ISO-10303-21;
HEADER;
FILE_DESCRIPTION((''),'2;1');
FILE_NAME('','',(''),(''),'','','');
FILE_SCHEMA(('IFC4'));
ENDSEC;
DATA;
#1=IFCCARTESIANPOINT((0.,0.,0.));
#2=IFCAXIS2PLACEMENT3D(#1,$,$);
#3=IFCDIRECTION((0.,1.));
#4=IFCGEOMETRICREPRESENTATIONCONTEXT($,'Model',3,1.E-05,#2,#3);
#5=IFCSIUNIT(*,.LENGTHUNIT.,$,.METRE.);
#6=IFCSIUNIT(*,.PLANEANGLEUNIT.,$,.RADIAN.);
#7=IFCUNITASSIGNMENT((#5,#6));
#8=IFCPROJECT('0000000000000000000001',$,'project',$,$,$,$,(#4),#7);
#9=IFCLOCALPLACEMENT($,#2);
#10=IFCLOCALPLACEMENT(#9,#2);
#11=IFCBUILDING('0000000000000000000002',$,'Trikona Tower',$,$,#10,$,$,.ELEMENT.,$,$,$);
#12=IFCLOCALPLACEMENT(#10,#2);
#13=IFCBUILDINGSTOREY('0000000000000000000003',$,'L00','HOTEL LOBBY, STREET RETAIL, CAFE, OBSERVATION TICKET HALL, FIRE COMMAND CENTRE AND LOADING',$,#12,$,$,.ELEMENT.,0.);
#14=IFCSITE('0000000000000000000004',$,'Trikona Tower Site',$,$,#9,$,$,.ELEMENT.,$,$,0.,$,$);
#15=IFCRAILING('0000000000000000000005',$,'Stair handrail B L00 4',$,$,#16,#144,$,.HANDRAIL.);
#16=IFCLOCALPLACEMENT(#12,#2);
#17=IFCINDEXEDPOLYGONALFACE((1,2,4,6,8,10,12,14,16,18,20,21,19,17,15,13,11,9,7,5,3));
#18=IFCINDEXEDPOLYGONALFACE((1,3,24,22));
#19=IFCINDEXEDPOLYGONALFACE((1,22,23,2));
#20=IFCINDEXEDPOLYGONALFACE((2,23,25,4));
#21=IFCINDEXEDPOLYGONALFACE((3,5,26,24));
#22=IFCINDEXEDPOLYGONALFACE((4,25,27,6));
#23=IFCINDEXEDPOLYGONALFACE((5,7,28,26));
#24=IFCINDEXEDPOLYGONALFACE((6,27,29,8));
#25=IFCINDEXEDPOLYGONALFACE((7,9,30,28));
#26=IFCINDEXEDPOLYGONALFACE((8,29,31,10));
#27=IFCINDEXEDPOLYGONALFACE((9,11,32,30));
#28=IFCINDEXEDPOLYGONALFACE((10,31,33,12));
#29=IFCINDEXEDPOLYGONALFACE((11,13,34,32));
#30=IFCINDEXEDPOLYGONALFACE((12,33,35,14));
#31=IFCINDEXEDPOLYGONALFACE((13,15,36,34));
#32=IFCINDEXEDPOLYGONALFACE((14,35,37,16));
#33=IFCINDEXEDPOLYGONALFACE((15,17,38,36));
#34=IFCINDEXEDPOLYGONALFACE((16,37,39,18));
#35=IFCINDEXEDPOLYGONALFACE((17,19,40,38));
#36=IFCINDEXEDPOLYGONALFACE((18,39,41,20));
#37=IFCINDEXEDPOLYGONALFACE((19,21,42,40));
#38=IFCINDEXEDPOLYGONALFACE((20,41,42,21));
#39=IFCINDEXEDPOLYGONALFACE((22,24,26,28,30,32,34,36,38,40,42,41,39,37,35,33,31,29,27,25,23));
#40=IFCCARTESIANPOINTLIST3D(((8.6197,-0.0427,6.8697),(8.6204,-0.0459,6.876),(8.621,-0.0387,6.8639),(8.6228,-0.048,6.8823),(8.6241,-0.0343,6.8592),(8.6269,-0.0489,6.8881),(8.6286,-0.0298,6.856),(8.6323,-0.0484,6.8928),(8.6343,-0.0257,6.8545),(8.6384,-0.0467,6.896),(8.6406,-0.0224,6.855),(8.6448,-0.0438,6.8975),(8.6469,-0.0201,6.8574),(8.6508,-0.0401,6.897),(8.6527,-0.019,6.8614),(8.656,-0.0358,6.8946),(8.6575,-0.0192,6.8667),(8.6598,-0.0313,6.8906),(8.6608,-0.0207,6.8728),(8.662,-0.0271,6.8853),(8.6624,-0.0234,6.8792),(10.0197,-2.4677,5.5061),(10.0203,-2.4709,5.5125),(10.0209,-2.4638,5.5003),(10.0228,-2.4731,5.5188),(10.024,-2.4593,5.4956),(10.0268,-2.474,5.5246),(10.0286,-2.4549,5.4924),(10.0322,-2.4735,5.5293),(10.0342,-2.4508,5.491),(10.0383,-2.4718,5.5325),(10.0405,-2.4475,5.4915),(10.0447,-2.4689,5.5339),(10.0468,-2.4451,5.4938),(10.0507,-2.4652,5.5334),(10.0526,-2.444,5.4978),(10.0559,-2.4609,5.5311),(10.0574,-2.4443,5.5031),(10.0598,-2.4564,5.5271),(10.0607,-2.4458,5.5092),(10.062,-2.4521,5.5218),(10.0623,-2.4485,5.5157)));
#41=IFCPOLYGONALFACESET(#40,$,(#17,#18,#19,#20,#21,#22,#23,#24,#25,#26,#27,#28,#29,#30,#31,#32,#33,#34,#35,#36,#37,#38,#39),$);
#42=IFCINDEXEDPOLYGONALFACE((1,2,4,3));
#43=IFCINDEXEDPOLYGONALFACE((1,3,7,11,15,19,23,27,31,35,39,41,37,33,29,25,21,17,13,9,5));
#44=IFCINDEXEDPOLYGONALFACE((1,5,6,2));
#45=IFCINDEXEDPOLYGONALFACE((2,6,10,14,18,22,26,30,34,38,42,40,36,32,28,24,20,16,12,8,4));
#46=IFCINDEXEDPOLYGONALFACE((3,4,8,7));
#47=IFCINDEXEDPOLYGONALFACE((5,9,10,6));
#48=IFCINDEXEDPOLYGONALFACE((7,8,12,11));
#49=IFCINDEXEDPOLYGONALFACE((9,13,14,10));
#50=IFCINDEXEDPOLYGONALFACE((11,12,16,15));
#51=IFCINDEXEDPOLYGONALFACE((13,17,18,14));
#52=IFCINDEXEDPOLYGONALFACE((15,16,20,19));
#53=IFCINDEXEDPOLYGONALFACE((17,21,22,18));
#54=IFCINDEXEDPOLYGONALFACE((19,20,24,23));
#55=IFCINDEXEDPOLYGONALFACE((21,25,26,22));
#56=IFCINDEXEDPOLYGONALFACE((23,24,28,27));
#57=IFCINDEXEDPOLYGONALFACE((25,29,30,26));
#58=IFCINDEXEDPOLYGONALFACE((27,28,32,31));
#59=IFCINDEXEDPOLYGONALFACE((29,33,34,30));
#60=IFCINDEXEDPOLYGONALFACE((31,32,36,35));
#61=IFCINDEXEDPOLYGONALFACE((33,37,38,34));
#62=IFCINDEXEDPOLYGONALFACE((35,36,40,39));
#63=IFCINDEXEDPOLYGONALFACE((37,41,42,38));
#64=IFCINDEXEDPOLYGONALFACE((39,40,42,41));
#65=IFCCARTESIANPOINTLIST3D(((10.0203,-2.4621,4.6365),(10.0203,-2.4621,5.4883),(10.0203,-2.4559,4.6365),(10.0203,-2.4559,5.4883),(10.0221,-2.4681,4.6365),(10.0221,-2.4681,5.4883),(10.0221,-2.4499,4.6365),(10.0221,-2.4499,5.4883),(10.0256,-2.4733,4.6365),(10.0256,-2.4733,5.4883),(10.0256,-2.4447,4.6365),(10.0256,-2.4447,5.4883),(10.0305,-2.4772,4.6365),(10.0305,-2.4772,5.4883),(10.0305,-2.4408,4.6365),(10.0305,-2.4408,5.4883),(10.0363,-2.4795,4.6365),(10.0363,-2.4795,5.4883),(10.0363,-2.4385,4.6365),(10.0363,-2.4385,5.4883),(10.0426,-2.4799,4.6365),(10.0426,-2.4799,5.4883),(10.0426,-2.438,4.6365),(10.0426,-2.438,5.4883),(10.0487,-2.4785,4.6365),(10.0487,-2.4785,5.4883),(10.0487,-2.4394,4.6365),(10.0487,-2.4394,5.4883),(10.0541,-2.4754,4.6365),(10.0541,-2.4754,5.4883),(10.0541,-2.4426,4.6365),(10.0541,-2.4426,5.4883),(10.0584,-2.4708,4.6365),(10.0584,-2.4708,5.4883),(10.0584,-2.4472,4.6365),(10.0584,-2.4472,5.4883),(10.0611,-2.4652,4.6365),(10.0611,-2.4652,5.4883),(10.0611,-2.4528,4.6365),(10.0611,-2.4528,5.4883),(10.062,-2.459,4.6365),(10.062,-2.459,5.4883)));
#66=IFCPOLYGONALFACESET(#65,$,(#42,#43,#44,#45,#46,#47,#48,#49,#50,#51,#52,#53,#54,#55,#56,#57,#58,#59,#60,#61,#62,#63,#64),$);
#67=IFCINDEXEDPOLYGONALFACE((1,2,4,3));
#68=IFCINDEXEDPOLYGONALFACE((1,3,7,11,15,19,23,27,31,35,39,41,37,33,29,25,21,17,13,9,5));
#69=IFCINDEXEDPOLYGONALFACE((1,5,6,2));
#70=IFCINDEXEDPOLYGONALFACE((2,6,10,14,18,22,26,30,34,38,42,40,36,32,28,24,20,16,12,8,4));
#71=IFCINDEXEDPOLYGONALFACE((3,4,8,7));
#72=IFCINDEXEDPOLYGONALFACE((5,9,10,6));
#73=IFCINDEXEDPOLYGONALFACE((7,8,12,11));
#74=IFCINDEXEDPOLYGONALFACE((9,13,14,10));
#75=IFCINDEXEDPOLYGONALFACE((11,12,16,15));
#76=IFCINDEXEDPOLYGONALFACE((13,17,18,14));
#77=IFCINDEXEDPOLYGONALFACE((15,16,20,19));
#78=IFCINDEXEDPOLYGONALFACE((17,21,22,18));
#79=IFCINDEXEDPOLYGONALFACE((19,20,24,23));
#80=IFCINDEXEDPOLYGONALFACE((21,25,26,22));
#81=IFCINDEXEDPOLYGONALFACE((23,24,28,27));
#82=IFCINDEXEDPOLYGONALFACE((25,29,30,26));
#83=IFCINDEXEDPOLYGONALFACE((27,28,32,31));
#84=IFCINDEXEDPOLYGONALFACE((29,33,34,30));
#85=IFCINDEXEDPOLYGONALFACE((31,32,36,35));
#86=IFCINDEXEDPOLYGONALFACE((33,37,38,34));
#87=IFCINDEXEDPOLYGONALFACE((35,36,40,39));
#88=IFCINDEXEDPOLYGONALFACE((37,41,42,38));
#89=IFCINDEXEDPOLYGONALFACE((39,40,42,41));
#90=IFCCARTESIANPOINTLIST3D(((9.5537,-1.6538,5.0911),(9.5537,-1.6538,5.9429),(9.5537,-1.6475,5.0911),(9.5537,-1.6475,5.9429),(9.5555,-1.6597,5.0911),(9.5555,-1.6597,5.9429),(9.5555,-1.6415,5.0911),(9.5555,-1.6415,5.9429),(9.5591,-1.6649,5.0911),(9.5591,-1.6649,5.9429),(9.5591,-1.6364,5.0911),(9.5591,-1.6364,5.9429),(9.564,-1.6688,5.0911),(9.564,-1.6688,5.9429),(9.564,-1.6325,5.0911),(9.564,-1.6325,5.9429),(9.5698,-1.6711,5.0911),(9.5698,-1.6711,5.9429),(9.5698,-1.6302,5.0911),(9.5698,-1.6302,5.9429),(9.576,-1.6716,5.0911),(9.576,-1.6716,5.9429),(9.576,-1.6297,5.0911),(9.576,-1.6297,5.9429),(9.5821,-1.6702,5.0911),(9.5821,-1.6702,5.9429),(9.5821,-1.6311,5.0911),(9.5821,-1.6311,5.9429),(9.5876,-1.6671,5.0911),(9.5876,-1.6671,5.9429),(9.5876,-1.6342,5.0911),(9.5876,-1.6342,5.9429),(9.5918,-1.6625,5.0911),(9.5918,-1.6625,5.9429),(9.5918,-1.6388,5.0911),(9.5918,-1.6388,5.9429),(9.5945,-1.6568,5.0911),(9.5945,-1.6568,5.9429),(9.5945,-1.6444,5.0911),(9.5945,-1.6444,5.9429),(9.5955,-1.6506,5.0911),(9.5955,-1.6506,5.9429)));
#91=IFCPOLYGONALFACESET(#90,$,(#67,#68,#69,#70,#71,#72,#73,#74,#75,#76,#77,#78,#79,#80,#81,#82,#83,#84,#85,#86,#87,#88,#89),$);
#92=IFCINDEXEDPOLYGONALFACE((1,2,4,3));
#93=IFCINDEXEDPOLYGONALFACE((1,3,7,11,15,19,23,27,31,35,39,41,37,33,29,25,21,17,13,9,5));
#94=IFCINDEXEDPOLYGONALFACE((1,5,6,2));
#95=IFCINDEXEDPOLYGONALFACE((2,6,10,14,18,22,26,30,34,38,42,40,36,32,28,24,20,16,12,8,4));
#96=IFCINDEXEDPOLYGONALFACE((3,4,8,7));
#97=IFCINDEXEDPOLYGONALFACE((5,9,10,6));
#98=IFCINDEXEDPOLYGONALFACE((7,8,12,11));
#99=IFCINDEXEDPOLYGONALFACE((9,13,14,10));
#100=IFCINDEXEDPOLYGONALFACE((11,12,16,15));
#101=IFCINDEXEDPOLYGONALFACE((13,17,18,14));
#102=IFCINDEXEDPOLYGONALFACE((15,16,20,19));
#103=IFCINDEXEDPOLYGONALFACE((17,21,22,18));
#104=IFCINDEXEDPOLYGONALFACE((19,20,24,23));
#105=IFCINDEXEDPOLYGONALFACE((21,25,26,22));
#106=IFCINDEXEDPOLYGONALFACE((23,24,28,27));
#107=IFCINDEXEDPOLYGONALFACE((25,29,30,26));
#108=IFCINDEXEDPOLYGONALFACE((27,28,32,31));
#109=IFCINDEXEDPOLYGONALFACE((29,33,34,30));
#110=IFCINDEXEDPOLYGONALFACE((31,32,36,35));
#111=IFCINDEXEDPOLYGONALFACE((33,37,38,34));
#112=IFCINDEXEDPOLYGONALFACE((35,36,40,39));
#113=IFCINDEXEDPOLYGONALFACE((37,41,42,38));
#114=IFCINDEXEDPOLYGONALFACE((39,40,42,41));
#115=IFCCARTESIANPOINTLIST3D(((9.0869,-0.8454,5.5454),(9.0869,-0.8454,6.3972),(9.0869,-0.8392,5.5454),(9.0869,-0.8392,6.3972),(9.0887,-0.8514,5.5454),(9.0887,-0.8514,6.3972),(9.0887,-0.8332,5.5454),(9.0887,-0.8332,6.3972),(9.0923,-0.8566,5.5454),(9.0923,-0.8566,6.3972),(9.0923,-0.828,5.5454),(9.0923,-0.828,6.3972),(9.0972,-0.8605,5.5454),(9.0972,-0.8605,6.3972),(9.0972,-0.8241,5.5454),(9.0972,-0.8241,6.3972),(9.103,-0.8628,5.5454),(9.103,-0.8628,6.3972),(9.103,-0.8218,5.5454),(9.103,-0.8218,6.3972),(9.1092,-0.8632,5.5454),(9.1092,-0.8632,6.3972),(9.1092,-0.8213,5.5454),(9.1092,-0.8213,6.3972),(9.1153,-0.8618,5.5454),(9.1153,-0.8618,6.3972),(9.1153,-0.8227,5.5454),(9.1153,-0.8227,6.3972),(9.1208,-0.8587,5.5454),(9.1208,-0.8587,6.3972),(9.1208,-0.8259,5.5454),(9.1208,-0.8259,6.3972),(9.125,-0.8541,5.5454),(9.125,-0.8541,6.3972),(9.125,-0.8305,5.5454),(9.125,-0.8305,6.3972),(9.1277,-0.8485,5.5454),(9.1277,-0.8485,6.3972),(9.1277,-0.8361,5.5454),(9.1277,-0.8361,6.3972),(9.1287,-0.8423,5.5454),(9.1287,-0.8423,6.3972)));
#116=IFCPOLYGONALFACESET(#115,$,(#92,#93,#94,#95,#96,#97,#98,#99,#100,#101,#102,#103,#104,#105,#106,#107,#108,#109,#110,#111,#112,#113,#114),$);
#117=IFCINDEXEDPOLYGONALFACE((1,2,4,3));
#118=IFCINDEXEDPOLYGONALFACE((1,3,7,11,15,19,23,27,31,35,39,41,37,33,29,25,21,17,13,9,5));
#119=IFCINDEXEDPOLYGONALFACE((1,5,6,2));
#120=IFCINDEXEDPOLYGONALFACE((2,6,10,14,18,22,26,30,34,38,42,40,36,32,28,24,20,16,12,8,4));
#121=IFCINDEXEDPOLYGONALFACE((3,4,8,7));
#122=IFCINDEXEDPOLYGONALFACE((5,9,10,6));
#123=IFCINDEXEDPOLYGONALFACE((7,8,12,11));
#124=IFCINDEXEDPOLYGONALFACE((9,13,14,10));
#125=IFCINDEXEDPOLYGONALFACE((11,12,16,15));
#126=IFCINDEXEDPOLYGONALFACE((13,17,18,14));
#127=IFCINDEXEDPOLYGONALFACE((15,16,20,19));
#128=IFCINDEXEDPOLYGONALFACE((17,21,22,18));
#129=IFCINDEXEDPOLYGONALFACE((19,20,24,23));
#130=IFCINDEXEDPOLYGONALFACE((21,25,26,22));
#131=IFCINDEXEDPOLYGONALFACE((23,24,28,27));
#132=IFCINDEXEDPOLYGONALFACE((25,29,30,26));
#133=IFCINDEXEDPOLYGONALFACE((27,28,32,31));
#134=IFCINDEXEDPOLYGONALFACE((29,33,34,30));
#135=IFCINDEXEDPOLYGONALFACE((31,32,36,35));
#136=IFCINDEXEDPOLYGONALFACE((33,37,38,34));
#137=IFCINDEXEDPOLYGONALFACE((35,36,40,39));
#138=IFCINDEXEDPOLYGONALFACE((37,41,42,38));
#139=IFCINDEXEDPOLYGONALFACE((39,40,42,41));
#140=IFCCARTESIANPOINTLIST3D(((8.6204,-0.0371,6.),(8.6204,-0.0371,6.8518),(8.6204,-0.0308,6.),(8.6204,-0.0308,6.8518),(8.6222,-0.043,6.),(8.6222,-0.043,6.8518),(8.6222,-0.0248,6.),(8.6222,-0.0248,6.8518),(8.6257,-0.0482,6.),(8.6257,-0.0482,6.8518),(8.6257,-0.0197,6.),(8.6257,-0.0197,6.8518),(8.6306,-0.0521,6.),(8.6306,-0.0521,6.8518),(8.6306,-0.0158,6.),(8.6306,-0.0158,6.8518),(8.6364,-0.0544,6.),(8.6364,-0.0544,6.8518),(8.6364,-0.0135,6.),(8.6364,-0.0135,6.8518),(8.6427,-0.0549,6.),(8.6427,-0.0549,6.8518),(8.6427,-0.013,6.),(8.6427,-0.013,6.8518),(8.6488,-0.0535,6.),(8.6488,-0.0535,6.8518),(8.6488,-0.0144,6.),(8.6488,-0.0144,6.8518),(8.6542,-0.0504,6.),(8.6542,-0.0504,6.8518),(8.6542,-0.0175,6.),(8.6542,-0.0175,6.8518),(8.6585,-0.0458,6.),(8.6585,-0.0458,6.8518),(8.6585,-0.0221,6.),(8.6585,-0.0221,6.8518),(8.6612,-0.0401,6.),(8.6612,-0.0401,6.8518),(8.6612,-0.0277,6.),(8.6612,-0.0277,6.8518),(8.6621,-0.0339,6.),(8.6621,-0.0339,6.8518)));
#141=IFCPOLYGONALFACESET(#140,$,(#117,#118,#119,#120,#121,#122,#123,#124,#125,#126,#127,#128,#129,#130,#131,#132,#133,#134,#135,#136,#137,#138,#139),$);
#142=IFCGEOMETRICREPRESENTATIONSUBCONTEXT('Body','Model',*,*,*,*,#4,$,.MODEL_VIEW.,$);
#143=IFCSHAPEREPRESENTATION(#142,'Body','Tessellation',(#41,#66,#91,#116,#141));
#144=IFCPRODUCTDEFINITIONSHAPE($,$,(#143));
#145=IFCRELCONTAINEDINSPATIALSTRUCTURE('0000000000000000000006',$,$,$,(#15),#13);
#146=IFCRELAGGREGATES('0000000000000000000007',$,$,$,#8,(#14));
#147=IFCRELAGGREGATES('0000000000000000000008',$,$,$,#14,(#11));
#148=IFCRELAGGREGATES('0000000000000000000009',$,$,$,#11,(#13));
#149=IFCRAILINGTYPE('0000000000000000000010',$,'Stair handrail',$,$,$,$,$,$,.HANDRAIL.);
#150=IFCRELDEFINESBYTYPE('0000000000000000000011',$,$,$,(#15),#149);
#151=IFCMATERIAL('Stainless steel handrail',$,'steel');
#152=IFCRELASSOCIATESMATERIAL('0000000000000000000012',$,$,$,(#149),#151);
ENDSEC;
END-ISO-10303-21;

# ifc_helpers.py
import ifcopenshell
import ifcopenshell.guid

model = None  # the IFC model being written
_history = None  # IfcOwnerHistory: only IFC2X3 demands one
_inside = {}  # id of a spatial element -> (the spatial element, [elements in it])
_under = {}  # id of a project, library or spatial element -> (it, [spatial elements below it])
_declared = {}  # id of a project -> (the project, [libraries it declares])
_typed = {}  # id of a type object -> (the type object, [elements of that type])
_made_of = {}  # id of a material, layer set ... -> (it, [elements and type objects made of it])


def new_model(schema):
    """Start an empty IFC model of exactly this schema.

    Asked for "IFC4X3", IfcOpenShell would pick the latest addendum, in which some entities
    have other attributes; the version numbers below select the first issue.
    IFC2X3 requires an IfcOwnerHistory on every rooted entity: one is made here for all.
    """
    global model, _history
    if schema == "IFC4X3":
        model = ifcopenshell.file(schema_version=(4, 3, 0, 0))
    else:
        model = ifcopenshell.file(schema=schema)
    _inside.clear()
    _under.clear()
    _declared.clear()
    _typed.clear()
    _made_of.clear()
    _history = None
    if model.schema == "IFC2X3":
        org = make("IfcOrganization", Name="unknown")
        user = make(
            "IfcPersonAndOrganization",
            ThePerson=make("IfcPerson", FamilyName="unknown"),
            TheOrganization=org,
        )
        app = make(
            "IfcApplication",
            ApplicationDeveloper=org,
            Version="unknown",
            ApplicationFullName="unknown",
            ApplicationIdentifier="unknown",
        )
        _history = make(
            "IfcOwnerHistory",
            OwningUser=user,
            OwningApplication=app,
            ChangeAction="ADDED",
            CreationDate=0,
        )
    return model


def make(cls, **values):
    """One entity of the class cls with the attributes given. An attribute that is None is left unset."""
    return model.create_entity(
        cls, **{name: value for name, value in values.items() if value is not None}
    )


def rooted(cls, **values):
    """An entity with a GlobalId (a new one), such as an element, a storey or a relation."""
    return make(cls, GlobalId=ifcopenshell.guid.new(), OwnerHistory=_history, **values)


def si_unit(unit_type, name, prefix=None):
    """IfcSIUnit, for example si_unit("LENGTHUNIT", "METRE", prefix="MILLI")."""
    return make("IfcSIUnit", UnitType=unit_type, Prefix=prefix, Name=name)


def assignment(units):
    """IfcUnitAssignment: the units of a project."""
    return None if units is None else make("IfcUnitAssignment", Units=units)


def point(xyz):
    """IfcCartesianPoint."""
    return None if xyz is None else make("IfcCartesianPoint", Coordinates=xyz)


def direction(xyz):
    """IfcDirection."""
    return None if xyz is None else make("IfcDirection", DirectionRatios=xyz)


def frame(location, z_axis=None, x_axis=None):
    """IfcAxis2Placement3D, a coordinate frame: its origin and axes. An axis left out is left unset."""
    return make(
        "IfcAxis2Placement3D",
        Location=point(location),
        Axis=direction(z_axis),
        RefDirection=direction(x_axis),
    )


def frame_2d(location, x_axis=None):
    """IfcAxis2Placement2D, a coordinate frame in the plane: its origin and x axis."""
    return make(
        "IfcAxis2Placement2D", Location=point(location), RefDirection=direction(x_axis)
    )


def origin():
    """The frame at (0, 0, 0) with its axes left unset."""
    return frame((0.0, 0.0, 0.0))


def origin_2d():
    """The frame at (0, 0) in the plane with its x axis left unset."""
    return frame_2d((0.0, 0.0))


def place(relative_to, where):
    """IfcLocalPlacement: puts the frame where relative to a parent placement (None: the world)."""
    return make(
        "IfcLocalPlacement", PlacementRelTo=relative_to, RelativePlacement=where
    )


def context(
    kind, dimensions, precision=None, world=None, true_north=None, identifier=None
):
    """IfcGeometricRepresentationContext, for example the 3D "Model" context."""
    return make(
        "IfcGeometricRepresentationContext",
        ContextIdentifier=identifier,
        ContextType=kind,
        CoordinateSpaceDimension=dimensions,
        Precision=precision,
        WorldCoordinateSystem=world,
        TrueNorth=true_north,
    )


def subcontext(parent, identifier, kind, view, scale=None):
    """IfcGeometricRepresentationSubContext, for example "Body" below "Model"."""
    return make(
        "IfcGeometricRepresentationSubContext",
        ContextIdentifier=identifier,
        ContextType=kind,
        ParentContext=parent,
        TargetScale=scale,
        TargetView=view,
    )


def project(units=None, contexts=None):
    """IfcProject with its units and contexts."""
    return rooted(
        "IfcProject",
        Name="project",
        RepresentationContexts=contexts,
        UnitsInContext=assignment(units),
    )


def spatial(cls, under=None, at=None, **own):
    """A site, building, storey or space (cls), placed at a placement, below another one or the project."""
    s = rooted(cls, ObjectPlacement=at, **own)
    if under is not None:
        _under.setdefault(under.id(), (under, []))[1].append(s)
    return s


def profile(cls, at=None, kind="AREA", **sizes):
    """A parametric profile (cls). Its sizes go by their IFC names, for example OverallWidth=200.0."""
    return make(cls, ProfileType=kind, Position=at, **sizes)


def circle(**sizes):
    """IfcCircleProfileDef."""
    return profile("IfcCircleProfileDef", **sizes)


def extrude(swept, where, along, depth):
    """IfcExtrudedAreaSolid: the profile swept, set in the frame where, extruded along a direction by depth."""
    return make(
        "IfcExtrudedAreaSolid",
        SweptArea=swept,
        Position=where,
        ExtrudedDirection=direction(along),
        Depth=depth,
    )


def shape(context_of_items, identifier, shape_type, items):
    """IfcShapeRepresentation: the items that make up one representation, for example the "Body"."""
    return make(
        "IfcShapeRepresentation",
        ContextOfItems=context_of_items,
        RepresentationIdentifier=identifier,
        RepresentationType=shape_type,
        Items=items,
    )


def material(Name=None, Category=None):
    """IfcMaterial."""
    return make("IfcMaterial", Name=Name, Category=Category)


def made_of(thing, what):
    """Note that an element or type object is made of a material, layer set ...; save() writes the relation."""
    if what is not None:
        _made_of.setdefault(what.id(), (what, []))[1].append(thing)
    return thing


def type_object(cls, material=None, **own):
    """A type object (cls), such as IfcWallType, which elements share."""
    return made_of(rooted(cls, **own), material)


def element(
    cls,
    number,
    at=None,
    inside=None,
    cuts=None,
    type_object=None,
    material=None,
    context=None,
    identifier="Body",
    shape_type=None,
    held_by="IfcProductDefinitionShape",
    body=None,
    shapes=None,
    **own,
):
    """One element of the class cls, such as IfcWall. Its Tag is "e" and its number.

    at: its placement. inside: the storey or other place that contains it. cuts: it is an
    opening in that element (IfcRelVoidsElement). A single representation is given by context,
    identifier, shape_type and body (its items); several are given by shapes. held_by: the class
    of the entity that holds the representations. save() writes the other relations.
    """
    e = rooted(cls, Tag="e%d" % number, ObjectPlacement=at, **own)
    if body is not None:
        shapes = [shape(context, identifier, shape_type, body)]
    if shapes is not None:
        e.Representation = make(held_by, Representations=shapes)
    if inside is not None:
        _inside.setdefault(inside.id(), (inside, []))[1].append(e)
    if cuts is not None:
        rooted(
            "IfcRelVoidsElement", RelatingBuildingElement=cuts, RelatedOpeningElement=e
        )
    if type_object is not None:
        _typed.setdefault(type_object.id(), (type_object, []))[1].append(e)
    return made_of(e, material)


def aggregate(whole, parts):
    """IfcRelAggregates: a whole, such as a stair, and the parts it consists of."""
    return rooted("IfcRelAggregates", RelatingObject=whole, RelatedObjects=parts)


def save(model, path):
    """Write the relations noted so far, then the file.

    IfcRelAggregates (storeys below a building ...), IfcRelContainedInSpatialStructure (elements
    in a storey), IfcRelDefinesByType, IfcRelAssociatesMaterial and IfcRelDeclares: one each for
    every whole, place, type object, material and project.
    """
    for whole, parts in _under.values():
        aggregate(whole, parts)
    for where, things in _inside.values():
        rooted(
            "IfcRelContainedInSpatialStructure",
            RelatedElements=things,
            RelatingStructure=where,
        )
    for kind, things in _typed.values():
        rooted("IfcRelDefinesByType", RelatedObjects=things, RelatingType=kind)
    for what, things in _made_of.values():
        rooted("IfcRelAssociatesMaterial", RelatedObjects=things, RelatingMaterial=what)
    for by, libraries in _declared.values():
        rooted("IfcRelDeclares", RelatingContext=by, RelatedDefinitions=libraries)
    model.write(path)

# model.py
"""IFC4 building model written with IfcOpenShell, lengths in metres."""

from ifc_helpers import new_model, si_unit, direction, frame, origin, origin_2d, place, context, subcontext, project, spatial, circle, extrude, material, type_object, element, save


model = new_model("IFC4")

# Units and contexts
model_context = context("Model", 3, precision=1e-05, world=origin(), true_north=direction((0.0, 1.0)))
body_context = subcontext(model_context, "Body", "Model", "MODEL_VIEW")
ifc_project = project(units=[si_unit("LENGTHUNIT", "METRE"), si_unit("PLANEANGLEUNIT", "RADIAN")], contexts=[model_context])

# Site, building, storey
site_placement = place(None, origin())
site = spatial("IfcSite", under=ifc_project, at=site_placement, Name="Trikona Tower Site", CompositionType="ELEMENT", RefElevation=0.0)
building_placement = place(site_placement, origin())
building = spatial("IfcBuilding", under=site, at=building_placement, Name="Trikona Tower", CompositionType="ELEMENT")
storey_placement = place(building_placement, origin())
storey = spatial("IfcBuildingStorey", under=building, at=storey_placement, Name="L00", Description="HOTEL LOBBY, STREET RETAIL, CAFE, OBSERVATION TICKET HALL, FIRE COMMAND CENTRE AND LOADING", CompositionType="ELEMENT", Elevation=0.0)

# Railing
ifc_material_1 = material(Name="Stainless steel handrail", Category="steel")
railing_type = type_object("IfcRailingType", Name="Stair handrail", PredefinedType="HANDRAIL", material=ifc_material_1)
for number, where, name in (
    (1, (10.041, -2.459, 4.6365), "Stair handrail B L00 4"),
):
    element("IfcRailing", number, at=place(storey_placement, frame(where)), inside=storey, type_object=railing_type, Name=name, PredefinedType="HANDRAIL", context=body_context, shape_type="SweptSolid", body=[
        extrude(circle(Radius=0.0239, at=origin_2d()), frame((0.0, 0.0, 0.876), z_axis=(-0.449486, 0.778645, 0.437806), x_axis=(-0.866056, -0.499946, 0.0)), (0.0, 0.0, 1.0), 3.1145),
        extrude(circle(Radius=0.021, at=origin_2d()), origin(), (0.0, 0.0, 1.0), 0.8518),
        extrude(circle(Radius=0.021, at=origin_2d()), frame((-0.4666, 0.8083, 0.4546)), (0.0, 0.0, 1.0), 0.8518),
        extrude(circle(Radius=0.021, at=origin_2d()), frame((-0.9333, 1.6167, 0.9089)), (0.0, 0.0, 1.0), 0.8518),
        extrude(circle(Radius=0.021, at=origin_2d()), frame((-1.3999, 2.425, 1.3635)), (0.0, 0.0, 1.0), 0.8518),
    ])

save(model, "model.ifc")
